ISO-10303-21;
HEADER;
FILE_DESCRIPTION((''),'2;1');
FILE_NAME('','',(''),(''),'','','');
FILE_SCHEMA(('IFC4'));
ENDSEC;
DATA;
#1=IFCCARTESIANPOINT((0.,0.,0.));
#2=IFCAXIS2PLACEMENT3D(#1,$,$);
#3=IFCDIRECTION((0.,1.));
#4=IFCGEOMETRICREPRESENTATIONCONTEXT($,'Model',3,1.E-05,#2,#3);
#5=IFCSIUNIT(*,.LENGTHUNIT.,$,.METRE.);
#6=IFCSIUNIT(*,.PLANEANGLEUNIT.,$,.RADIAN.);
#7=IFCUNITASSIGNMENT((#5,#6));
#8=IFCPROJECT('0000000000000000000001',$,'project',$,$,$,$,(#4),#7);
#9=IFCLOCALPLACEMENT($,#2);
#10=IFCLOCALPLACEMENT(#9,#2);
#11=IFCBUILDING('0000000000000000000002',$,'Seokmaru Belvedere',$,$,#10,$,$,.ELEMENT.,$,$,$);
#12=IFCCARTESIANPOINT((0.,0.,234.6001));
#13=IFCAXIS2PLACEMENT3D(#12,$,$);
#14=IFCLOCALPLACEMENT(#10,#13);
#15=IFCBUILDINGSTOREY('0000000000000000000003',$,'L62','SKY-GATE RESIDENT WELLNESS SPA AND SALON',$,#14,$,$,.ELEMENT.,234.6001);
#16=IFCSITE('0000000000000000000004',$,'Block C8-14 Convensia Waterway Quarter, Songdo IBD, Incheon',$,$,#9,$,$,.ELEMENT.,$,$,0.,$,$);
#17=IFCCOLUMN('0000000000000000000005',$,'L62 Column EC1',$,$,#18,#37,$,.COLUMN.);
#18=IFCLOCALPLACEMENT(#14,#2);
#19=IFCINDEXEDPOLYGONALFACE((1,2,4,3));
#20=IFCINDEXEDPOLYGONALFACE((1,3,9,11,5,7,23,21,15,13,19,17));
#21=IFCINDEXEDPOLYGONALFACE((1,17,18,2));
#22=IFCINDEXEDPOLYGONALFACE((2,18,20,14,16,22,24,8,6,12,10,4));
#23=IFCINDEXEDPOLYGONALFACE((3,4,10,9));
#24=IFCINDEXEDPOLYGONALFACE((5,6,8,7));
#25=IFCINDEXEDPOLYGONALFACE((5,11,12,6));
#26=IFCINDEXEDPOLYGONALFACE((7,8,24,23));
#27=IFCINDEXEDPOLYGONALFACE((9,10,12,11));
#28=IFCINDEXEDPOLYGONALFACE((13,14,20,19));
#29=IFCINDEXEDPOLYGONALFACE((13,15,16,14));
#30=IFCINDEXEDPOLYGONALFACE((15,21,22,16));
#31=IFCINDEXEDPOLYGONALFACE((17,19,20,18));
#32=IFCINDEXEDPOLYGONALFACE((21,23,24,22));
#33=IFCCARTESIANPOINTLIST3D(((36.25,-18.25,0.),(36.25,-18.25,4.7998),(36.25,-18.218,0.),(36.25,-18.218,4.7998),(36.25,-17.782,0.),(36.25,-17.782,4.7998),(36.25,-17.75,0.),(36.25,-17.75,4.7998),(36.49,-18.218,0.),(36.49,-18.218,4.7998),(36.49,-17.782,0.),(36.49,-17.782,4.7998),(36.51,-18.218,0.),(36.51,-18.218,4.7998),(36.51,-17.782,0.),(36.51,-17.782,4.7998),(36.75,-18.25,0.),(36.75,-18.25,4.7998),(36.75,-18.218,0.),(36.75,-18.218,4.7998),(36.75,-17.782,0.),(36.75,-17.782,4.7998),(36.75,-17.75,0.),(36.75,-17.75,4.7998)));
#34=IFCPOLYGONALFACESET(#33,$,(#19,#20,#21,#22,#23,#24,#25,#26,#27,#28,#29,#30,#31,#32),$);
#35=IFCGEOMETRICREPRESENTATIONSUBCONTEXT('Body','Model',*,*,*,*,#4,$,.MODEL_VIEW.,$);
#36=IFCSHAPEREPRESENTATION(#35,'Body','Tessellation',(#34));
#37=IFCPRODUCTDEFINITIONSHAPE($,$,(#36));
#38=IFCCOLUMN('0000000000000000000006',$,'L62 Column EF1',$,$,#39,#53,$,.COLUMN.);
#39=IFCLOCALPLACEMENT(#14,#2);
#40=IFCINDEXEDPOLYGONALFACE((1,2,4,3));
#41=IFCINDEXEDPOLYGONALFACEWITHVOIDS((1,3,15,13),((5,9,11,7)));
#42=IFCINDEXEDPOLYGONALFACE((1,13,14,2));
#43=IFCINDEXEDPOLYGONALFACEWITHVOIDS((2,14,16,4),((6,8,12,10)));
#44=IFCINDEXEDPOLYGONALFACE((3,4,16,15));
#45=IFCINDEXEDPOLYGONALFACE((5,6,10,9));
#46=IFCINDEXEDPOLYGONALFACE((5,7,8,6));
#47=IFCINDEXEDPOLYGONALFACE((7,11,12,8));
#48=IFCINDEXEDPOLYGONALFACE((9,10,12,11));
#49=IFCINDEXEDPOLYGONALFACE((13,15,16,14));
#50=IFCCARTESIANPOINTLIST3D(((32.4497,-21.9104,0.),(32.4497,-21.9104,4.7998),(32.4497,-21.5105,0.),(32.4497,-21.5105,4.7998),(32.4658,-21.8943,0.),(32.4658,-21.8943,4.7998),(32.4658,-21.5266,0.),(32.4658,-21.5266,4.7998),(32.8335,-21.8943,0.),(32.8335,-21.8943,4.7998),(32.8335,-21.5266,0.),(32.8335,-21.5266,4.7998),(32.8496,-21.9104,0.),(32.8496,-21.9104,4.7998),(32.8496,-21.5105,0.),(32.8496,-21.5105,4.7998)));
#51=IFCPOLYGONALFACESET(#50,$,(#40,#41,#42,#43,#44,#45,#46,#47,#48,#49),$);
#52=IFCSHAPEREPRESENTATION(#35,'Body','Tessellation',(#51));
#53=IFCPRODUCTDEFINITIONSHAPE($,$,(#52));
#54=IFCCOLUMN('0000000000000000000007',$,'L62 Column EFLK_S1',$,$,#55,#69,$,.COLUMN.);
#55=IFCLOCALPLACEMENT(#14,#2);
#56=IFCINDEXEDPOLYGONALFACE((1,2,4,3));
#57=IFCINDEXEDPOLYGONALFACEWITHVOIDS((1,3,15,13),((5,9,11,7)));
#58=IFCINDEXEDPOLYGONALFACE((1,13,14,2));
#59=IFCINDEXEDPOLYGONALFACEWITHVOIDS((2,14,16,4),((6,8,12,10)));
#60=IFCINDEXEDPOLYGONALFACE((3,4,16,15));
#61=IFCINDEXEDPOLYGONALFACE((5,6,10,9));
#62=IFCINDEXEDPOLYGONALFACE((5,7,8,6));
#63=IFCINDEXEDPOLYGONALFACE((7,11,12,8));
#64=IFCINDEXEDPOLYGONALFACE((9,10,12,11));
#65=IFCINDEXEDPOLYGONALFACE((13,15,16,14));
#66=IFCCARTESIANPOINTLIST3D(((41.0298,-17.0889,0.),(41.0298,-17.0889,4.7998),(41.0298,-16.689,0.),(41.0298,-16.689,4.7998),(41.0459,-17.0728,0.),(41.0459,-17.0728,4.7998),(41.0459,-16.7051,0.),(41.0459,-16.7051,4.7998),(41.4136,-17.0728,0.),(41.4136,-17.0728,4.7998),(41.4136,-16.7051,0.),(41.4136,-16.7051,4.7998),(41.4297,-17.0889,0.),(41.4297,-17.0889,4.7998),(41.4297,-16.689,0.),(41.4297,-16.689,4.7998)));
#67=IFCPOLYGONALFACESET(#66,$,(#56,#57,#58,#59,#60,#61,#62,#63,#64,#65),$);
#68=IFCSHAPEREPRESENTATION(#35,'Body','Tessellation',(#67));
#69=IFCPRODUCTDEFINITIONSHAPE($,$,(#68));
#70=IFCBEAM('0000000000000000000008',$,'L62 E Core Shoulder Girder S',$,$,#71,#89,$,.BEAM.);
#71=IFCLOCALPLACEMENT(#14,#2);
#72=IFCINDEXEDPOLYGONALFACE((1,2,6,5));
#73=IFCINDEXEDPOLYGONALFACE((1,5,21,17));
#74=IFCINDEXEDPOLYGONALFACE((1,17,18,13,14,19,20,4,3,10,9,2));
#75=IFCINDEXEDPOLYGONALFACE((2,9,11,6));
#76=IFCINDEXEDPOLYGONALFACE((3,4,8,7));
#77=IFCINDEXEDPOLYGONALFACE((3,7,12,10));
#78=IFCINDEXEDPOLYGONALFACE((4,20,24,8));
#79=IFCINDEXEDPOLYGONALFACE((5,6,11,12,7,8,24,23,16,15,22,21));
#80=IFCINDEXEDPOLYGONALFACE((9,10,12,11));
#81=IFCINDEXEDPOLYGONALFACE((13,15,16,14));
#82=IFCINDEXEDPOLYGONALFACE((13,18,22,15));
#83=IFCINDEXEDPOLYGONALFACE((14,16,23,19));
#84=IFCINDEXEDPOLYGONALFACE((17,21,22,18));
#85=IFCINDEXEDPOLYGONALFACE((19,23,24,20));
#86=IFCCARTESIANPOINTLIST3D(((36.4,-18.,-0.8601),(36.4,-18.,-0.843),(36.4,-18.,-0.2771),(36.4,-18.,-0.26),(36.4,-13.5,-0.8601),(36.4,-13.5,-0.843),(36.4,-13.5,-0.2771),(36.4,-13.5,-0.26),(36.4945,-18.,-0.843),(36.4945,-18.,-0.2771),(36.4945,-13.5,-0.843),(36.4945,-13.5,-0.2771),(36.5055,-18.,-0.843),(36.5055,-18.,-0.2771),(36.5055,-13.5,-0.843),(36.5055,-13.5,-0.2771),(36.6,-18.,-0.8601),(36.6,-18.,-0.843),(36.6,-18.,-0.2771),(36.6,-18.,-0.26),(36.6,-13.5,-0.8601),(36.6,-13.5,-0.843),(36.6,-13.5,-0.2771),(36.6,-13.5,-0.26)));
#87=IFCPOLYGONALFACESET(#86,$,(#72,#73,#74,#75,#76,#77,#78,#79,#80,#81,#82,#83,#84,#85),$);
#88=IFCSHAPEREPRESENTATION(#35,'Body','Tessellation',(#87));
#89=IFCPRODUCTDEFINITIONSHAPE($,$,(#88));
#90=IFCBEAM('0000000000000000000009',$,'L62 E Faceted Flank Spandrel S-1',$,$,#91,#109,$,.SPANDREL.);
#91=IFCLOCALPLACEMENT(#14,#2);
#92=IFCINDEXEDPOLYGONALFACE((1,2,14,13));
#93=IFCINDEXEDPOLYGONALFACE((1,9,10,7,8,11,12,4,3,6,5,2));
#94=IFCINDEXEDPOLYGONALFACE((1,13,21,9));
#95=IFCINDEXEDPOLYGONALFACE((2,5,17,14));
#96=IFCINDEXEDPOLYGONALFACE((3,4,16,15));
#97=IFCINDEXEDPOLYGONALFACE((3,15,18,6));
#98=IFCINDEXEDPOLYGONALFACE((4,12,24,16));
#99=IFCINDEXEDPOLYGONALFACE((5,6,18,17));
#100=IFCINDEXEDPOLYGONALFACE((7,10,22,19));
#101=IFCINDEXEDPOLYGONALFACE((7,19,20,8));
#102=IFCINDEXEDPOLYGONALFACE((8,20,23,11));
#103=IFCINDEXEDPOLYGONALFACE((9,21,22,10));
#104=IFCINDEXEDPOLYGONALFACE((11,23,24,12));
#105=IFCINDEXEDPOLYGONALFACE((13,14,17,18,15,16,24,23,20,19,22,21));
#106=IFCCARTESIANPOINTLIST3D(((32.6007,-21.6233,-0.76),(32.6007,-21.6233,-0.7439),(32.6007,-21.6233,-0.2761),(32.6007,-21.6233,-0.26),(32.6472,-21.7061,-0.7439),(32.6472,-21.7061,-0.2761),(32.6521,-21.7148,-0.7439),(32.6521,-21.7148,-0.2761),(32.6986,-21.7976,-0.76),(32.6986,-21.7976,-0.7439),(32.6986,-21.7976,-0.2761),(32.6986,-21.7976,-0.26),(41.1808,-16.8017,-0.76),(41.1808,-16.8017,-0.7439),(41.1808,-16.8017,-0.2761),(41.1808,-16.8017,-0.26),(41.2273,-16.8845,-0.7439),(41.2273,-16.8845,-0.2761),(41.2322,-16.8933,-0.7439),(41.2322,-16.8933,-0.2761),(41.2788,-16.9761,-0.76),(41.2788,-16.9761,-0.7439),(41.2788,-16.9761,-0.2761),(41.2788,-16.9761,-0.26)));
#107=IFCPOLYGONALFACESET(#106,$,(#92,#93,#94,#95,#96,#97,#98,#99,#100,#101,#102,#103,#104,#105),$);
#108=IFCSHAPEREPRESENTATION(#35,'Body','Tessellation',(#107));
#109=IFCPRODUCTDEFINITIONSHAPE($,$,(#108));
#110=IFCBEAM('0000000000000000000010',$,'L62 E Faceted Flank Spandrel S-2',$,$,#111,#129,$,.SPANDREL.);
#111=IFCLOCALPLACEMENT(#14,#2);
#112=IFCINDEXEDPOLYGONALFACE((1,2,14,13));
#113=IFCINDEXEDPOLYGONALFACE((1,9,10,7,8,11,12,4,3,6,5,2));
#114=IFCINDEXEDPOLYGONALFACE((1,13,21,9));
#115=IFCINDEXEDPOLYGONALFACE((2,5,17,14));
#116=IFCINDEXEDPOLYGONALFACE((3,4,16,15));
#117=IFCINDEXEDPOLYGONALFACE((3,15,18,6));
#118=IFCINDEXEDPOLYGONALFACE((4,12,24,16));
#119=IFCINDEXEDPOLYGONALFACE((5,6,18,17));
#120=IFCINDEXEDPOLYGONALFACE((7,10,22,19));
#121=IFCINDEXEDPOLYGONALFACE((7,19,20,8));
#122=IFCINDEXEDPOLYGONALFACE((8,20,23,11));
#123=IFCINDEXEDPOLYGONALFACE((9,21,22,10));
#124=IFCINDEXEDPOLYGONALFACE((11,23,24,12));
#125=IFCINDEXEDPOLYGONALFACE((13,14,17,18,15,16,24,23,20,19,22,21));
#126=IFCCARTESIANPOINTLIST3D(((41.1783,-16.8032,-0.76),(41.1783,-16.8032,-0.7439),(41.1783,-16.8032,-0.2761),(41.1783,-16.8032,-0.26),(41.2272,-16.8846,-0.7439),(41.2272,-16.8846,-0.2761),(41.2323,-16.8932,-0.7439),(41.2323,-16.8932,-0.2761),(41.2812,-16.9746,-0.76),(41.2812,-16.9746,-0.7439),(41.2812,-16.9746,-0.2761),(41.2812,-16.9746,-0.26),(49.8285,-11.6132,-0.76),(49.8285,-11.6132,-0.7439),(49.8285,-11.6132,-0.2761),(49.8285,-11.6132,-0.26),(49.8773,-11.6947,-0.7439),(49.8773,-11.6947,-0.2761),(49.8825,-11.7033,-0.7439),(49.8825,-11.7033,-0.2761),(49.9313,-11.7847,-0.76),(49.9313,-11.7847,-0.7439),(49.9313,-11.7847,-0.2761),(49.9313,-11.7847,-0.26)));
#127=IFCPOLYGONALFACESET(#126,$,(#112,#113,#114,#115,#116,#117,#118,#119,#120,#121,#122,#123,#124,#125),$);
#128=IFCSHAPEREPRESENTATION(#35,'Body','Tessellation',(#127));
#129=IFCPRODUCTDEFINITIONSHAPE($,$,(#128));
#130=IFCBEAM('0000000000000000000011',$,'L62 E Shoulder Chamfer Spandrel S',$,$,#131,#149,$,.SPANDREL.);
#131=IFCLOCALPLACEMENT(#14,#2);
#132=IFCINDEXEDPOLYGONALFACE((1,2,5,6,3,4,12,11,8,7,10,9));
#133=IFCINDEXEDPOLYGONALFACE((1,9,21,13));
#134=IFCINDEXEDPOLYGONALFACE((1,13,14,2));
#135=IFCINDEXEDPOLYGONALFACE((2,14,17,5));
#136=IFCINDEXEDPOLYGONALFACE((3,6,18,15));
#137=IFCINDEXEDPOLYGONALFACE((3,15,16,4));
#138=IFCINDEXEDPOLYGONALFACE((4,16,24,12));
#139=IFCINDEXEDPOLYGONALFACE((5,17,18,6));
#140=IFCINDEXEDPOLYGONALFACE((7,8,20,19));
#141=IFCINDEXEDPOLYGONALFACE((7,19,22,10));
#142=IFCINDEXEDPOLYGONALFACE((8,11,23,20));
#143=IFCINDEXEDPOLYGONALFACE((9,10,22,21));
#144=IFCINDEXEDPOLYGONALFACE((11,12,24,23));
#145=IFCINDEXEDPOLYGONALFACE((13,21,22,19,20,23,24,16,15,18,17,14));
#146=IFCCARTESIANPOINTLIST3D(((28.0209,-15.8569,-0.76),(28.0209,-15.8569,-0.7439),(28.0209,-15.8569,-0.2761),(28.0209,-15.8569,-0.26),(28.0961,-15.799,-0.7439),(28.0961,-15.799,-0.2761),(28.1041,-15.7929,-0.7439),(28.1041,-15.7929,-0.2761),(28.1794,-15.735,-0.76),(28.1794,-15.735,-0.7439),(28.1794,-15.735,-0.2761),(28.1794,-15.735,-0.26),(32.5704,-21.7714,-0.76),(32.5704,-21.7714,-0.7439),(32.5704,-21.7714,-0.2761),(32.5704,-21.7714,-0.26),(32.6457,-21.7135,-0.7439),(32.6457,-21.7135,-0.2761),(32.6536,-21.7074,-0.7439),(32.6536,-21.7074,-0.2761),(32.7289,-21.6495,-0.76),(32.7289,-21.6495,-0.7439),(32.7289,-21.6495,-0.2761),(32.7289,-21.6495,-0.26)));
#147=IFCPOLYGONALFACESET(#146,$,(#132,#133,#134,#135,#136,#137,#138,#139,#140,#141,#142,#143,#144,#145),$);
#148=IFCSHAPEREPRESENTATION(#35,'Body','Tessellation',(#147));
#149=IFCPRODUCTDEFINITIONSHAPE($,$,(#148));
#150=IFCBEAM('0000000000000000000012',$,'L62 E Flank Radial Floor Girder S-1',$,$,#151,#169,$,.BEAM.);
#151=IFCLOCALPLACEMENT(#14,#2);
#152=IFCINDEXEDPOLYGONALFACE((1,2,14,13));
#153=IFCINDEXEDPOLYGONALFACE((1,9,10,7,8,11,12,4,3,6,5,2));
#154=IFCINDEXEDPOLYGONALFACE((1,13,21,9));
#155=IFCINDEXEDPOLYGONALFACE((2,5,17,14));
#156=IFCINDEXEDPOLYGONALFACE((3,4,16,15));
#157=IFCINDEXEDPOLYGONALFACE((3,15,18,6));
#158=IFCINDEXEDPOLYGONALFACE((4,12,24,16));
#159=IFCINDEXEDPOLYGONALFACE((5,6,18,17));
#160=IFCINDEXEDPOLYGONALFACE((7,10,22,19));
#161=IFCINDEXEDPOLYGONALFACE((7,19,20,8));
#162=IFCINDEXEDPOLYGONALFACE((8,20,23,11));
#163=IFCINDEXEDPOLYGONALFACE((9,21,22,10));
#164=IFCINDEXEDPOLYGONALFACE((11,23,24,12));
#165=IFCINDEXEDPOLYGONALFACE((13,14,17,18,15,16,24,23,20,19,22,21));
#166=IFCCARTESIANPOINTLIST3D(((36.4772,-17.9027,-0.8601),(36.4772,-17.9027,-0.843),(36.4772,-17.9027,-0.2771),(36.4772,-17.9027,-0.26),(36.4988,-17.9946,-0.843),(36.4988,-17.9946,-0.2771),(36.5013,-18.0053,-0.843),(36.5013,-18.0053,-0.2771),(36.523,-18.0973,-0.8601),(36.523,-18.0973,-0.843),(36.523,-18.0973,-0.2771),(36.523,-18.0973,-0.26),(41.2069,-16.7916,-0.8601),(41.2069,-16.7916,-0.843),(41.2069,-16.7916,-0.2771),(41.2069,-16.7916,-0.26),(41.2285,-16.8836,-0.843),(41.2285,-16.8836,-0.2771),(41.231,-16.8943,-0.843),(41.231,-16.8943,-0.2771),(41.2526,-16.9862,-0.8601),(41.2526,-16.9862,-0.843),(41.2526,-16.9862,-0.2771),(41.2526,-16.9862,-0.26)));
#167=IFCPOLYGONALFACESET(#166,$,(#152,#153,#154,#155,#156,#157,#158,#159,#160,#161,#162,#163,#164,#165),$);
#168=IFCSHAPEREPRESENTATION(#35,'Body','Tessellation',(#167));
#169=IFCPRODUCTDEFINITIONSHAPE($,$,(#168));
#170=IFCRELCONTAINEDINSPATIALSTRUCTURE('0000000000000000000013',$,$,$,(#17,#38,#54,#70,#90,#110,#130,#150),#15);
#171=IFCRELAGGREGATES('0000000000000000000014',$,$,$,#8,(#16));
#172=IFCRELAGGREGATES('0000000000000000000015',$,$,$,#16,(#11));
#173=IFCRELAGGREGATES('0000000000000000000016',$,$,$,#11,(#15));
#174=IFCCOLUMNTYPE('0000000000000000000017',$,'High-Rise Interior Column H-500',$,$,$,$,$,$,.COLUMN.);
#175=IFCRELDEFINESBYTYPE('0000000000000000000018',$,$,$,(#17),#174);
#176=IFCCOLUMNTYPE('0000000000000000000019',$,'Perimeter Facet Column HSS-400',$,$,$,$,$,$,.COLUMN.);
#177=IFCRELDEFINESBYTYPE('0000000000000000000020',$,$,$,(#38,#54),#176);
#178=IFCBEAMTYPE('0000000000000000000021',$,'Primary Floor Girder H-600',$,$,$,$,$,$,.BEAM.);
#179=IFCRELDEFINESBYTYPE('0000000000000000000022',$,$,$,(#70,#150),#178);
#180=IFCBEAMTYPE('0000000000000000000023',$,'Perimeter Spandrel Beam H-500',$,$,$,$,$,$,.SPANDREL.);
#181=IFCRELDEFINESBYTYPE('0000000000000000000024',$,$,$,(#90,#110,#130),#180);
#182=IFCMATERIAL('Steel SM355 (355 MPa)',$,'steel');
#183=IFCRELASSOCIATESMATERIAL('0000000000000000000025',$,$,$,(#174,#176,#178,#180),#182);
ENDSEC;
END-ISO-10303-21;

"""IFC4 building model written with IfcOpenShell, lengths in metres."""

from ifc_helpers import new_model, si_unit, direction, frame, origin, origin_2d, place, context, subcontext, project, spatial, hollow_rectangle, i_section, extrude, source, transform, mapped, material, material_profile, profile_set, type_object, type_shapes, element, save


model = new_model("IFC4")

# Units and contexts
model_context = context("Model", 3, precision=1e-05, world=origin(), true_north=direction((0.0, 1.0)))
body_context = subcontext(model_context, "Body", "Model", "MODEL_VIEW")
ifc_project = project(units=[si_unit("LENGTHUNIT", "METRE"), si_unit("PLANEANGLEUNIT", "RADIAN")], contexts=[model_context])

# Site, building, storey
site_placement = place(None, origin())
site = spatial("IfcSite", under=ifc_project, at=site_placement, Name="Block C8-14 Convensia Waterway Quarter, Songdo IBD, Incheon", CompositionType="ELEMENT", RefElevation=0.0)
building_placement = place(site_placement, origin())
building = spatial("IfcBuilding", under=site, at=building_placement, Name="Seokmaru Belvedere", CompositionType="ELEMENT")
storey_placement = place(building_placement, frame((0.0, 0.0, 234.6001)))
storey = spatial("IfcBuildingStorey", under=building, at=storey_placement, Name="L62", Description="SKY-GATE RESIDENT WELLNESS SPA AND SALON", CompositionType="ELEMENT", Elevation=234.6001)

# Columns
ifc_material_1 = material(Name="Steel SM355 (355 MPa)", Category="steel")
ifc_material_profile_1 = material_profile(ifc_material_1, i_section(OverallWidth=0.5, OverallDepth=0.5, WebThickness=0.02, FlangeThickness=0.032, at=origin_2d()), Name="H-500x500x20x32")
ifc_profile_set_1 = profile_set([ifc_material_profile_1], Name="Steel SM355 (355 MPa)")
column_type_1 = type_object("IfcColumnType", Name="High-Rise Interior Column H-500", PredefinedType="COLUMN", material=ifc_profile_set_1)
shared_shape_1 = source(origin(), body_context, "Body", "SweptSolid", [
    extrude(i_section(OverallWidth=0.5, OverallDepth=0.5, WebThickness=0.02, FlangeThickness=0.032, at=origin_2d()), origin(), (0.0, 0.0, 1.0), 4.7998),
])
type_shapes(column_type_1, [shared_shape_1])
column_placement = place(storey_placement, frame((36.5, -18.0, 0.0), z_axis=(0.0, 0.0, 1.0), x_axis=(1.0, 0.0, 0.0)))
element("IfcColumn", 1, at=column_placement, inside=storey, type_object=column_type_1, Name="L62 Column EC1", PredefinedType="COLUMN", context=body_context, shape_type="MappedRepresentation", body=[
    mapped(shared_shape_1, transform((0.0, 0.0, 0.0), scale=1.0)),
])
ifc_material_profile_2 = material_profile(ifc_material_1, hollow_rectangle(XDim=0.3999, YDim=0.3999, WallThickness=0.0161, at=origin_2d()), Name="HSS-400x400x16")
ifc_profile_set_2 = profile_set([ifc_material_profile_2], Name="Steel SM355 (355 MPa)")
column_type_2 = type_object("IfcColumnType", Name="Perimeter Facet Column HSS-400", PredefinedType="COLUMN", material=ifc_profile_set_2)
shared_shape_2 = source(origin(), body_context, "Body", "SweptSolid", [
    extrude(hollow_rectangle(XDim=0.3999, YDim=0.3999, WallThickness=0.0161, at=origin_2d()), origin(), (0.0, 0.0, 1.0), 4.7998),
])
type_shapes(column_type_2, [shared_shape_2])
for number, where, z_axis, x_axis, name in (
    (2, (32.6497, -21.7104, 0.0), (0.0, 0.0, 1.0), (1.0, 0.0, 0.0), "L62 Column EF1"),
    (3, (41.2297, -16.8889, 0.0), (0.0, 0.0, 1.0), (1.0, 0.0, 0.0), "L62 Column EFLK_S1"),
):
    element("IfcColumn", number, at=place(storey_placement, frame(where, z_axis=z_axis, x_axis=x_axis)), inside=storey, type_object=column_type_2, Name=name, PredefinedType="COLUMN", context=body_context, shape_type="MappedRepresentation", body=[
        mapped(shared_shape_2, transform((0.0, 0.0, 0.0), scale=1.0)),
    ])

# Beams
ifc_material_profile_3 = material_profile(ifc_material_1, i_section(OverallWidth=0.2, OverallDepth=0.6001, WebThickness=0.011, FlangeThickness=0.0171, at=origin_2d()), Name="H-600x200x11x17")
ifc_profile_set_3 = profile_set([ifc_material_profile_3], Name="Steel SM355 (355 MPa)")
beam_type_1 = type_object("IfcBeamType", Name="Primary Floor Girder H-600", PredefinedType="BEAM", material=ifc_profile_set_3)
shared_shape_3 = source(origin(), body_context, "Body", "SweptSolid", [
    extrude(i_section(OverallWidth=0.2, OverallDepth=0.6001, WebThickness=0.011, FlangeThickness=0.0171, at=origin_2d()), origin(), (0.0, 0.0, 1.0), 4.5),
])
beam_1_placement = place(storey_placement, frame((36.5, -18.0, -0.5601), z_axis=(0.0, 1.0, 0.0), x_axis=(-1.0, 0.0, 0.0)))
element("IfcBeam", 4, at=beam_1_placement, inside=storey, type_object=beam_type_1, Name="L62 E Core Shoulder Girder S", PredefinedType="BEAM", context=body_context, shape_type="MappedRepresentation", body=[
    mapped(shared_shape_3, transform((0.0, 0.0, 0.0), scale=1.0)),
])
ifc_material_profile_4 = material_profile(ifc_material_1, i_section(OverallWidth=0.2, OverallDepth=0.5, WebThickness=0.01, FlangeThickness=0.0161, at=origin_2d()), Name="H-500x200x10x16")
ifc_profile_set_4 = profile_set([ifc_material_profile_4], Name="Steel SM355 (355 MPa)")
beam_type_2 = type_object("IfcBeamType", Name="Perimeter Spandrel Beam H-500", PredefinedType="SPANDREL", material=ifc_profile_set_4)
shared_shape_4 = source(origin(), body_context, "Body", "SweptSolid", [
    extrude(i_section(OverallWidth=0.2, OverallDepth=0.5, WebThickness=0.01, FlangeThickness=0.0161, at=origin_2d()), origin(), (0.0, 0.0, 1.0), 9.842),
])
beam_2_placement = place(storey_placement, frame((32.6497, -21.7104, -0.51), z_axis=(0.871782, 0.489894, 0.0), x_axis=(-0.489894, 0.871782, 0.0)))
element("IfcBeam", 5, at=beam_2_placement, inside=storey, type_object=beam_type_2, Name="L62 E Faceted Flank Spandrel S-1", PredefinedType="SPANDREL", context=body_context, shape_type="MappedRepresentation", body=[
    mapped(shared_shape_4, transform((0.0, 0.0, 0.0), scale=1.0)),
])
shared_shape_5 = source(origin(), body_context, "Body", "SweptSolid", [
    extrude(i_section(OverallWidth=0.2, OverallDepth=0.5, WebThickness=0.01, FlangeThickness=0.0161, at=origin_2d()), origin(), (0.0, 0.0, 1.0), 10.0876),
])
beam_3_placement = place(storey_placement, frame((41.2297, -16.8889, -0.51), z_axis=(0.857499, 0.514485, 0.0), x_axis=(-0.514485, 0.857499, 0.0)))
element("IfcBeam", 6, at=beam_3_placement, inside=storey, type_object=beam_type_2, Name="L62 E Faceted Flank Spandrel S-2", PredefinedType="SPANDREL", context=body_context, shape_type="MappedRepresentation", body=[
    mapped(shared_shape_5, transform((0.0, 0.0, 0.0), scale=1.0)),
])
shared_shape_6 = source(origin(), body_context, "Body", "SweptSolid", [
    extrude(i_section(OverallWidth=0.2, OverallDepth=0.5, WebThickness=0.01, FlangeThickness=0.0161, at=origin_2d()), origin(), (0.0, 0.0, 1.0), 7.4619),
])
type_shapes(beam_type_2, [shared_shape_4, shared_shape_5, shared_shape_6])
beam_4_placement = place(storey_placement, frame((32.6497, -21.7104, -0.51), z_axis=(-0.609703, 0.79263, 0.0), x_axis=(-0.79263, -0.609703, 0.0)))
element("IfcBeam", 7, at=beam_4_placement, inside=storey, type_object=beam_type_2, Name="L62 E Shoulder Chamfer Spandrel S", PredefinedType="SPANDREL", context=body_context, shape_type="MappedRepresentation", body=[
    mapped(shared_shape_6, transform((0.0, 0.0, 0.0), scale=1.0)),
])
shared_shape_7 = source(origin(), body_context, "Body", "SweptSolid", [
    extrude(i_section(OverallWidth=0.2, OverallDepth=0.6001, WebThickness=0.011, FlangeThickness=0.0171, at=origin_2d()), origin(), (0.0, 0.0, 1.0), 4.8584),
])
type_shapes(beam_type_1, [shared_shape_3, shared_shape_7])
beam_5_placement = place(storey_placement, frame((41.2297, -16.8889, -0.5601), z_axis=(-0.973499, -0.228689, 0.0), x_axis=(0.228689, -0.973499, 0.0)))
element("IfcBeam", 8, at=beam_5_placement, inside=storey, type_object=beam_type_1, Name="L62 E Flank Radial Floor Girder S-1", PredefinedType="BEAM", context=body_context, shape_type="MappedRepresentation", body=[
    mapped(shared_shape_7, transform((0.0, 0.0, 0.0), scale=1.0)),
])

save(model, "model.ifc")
